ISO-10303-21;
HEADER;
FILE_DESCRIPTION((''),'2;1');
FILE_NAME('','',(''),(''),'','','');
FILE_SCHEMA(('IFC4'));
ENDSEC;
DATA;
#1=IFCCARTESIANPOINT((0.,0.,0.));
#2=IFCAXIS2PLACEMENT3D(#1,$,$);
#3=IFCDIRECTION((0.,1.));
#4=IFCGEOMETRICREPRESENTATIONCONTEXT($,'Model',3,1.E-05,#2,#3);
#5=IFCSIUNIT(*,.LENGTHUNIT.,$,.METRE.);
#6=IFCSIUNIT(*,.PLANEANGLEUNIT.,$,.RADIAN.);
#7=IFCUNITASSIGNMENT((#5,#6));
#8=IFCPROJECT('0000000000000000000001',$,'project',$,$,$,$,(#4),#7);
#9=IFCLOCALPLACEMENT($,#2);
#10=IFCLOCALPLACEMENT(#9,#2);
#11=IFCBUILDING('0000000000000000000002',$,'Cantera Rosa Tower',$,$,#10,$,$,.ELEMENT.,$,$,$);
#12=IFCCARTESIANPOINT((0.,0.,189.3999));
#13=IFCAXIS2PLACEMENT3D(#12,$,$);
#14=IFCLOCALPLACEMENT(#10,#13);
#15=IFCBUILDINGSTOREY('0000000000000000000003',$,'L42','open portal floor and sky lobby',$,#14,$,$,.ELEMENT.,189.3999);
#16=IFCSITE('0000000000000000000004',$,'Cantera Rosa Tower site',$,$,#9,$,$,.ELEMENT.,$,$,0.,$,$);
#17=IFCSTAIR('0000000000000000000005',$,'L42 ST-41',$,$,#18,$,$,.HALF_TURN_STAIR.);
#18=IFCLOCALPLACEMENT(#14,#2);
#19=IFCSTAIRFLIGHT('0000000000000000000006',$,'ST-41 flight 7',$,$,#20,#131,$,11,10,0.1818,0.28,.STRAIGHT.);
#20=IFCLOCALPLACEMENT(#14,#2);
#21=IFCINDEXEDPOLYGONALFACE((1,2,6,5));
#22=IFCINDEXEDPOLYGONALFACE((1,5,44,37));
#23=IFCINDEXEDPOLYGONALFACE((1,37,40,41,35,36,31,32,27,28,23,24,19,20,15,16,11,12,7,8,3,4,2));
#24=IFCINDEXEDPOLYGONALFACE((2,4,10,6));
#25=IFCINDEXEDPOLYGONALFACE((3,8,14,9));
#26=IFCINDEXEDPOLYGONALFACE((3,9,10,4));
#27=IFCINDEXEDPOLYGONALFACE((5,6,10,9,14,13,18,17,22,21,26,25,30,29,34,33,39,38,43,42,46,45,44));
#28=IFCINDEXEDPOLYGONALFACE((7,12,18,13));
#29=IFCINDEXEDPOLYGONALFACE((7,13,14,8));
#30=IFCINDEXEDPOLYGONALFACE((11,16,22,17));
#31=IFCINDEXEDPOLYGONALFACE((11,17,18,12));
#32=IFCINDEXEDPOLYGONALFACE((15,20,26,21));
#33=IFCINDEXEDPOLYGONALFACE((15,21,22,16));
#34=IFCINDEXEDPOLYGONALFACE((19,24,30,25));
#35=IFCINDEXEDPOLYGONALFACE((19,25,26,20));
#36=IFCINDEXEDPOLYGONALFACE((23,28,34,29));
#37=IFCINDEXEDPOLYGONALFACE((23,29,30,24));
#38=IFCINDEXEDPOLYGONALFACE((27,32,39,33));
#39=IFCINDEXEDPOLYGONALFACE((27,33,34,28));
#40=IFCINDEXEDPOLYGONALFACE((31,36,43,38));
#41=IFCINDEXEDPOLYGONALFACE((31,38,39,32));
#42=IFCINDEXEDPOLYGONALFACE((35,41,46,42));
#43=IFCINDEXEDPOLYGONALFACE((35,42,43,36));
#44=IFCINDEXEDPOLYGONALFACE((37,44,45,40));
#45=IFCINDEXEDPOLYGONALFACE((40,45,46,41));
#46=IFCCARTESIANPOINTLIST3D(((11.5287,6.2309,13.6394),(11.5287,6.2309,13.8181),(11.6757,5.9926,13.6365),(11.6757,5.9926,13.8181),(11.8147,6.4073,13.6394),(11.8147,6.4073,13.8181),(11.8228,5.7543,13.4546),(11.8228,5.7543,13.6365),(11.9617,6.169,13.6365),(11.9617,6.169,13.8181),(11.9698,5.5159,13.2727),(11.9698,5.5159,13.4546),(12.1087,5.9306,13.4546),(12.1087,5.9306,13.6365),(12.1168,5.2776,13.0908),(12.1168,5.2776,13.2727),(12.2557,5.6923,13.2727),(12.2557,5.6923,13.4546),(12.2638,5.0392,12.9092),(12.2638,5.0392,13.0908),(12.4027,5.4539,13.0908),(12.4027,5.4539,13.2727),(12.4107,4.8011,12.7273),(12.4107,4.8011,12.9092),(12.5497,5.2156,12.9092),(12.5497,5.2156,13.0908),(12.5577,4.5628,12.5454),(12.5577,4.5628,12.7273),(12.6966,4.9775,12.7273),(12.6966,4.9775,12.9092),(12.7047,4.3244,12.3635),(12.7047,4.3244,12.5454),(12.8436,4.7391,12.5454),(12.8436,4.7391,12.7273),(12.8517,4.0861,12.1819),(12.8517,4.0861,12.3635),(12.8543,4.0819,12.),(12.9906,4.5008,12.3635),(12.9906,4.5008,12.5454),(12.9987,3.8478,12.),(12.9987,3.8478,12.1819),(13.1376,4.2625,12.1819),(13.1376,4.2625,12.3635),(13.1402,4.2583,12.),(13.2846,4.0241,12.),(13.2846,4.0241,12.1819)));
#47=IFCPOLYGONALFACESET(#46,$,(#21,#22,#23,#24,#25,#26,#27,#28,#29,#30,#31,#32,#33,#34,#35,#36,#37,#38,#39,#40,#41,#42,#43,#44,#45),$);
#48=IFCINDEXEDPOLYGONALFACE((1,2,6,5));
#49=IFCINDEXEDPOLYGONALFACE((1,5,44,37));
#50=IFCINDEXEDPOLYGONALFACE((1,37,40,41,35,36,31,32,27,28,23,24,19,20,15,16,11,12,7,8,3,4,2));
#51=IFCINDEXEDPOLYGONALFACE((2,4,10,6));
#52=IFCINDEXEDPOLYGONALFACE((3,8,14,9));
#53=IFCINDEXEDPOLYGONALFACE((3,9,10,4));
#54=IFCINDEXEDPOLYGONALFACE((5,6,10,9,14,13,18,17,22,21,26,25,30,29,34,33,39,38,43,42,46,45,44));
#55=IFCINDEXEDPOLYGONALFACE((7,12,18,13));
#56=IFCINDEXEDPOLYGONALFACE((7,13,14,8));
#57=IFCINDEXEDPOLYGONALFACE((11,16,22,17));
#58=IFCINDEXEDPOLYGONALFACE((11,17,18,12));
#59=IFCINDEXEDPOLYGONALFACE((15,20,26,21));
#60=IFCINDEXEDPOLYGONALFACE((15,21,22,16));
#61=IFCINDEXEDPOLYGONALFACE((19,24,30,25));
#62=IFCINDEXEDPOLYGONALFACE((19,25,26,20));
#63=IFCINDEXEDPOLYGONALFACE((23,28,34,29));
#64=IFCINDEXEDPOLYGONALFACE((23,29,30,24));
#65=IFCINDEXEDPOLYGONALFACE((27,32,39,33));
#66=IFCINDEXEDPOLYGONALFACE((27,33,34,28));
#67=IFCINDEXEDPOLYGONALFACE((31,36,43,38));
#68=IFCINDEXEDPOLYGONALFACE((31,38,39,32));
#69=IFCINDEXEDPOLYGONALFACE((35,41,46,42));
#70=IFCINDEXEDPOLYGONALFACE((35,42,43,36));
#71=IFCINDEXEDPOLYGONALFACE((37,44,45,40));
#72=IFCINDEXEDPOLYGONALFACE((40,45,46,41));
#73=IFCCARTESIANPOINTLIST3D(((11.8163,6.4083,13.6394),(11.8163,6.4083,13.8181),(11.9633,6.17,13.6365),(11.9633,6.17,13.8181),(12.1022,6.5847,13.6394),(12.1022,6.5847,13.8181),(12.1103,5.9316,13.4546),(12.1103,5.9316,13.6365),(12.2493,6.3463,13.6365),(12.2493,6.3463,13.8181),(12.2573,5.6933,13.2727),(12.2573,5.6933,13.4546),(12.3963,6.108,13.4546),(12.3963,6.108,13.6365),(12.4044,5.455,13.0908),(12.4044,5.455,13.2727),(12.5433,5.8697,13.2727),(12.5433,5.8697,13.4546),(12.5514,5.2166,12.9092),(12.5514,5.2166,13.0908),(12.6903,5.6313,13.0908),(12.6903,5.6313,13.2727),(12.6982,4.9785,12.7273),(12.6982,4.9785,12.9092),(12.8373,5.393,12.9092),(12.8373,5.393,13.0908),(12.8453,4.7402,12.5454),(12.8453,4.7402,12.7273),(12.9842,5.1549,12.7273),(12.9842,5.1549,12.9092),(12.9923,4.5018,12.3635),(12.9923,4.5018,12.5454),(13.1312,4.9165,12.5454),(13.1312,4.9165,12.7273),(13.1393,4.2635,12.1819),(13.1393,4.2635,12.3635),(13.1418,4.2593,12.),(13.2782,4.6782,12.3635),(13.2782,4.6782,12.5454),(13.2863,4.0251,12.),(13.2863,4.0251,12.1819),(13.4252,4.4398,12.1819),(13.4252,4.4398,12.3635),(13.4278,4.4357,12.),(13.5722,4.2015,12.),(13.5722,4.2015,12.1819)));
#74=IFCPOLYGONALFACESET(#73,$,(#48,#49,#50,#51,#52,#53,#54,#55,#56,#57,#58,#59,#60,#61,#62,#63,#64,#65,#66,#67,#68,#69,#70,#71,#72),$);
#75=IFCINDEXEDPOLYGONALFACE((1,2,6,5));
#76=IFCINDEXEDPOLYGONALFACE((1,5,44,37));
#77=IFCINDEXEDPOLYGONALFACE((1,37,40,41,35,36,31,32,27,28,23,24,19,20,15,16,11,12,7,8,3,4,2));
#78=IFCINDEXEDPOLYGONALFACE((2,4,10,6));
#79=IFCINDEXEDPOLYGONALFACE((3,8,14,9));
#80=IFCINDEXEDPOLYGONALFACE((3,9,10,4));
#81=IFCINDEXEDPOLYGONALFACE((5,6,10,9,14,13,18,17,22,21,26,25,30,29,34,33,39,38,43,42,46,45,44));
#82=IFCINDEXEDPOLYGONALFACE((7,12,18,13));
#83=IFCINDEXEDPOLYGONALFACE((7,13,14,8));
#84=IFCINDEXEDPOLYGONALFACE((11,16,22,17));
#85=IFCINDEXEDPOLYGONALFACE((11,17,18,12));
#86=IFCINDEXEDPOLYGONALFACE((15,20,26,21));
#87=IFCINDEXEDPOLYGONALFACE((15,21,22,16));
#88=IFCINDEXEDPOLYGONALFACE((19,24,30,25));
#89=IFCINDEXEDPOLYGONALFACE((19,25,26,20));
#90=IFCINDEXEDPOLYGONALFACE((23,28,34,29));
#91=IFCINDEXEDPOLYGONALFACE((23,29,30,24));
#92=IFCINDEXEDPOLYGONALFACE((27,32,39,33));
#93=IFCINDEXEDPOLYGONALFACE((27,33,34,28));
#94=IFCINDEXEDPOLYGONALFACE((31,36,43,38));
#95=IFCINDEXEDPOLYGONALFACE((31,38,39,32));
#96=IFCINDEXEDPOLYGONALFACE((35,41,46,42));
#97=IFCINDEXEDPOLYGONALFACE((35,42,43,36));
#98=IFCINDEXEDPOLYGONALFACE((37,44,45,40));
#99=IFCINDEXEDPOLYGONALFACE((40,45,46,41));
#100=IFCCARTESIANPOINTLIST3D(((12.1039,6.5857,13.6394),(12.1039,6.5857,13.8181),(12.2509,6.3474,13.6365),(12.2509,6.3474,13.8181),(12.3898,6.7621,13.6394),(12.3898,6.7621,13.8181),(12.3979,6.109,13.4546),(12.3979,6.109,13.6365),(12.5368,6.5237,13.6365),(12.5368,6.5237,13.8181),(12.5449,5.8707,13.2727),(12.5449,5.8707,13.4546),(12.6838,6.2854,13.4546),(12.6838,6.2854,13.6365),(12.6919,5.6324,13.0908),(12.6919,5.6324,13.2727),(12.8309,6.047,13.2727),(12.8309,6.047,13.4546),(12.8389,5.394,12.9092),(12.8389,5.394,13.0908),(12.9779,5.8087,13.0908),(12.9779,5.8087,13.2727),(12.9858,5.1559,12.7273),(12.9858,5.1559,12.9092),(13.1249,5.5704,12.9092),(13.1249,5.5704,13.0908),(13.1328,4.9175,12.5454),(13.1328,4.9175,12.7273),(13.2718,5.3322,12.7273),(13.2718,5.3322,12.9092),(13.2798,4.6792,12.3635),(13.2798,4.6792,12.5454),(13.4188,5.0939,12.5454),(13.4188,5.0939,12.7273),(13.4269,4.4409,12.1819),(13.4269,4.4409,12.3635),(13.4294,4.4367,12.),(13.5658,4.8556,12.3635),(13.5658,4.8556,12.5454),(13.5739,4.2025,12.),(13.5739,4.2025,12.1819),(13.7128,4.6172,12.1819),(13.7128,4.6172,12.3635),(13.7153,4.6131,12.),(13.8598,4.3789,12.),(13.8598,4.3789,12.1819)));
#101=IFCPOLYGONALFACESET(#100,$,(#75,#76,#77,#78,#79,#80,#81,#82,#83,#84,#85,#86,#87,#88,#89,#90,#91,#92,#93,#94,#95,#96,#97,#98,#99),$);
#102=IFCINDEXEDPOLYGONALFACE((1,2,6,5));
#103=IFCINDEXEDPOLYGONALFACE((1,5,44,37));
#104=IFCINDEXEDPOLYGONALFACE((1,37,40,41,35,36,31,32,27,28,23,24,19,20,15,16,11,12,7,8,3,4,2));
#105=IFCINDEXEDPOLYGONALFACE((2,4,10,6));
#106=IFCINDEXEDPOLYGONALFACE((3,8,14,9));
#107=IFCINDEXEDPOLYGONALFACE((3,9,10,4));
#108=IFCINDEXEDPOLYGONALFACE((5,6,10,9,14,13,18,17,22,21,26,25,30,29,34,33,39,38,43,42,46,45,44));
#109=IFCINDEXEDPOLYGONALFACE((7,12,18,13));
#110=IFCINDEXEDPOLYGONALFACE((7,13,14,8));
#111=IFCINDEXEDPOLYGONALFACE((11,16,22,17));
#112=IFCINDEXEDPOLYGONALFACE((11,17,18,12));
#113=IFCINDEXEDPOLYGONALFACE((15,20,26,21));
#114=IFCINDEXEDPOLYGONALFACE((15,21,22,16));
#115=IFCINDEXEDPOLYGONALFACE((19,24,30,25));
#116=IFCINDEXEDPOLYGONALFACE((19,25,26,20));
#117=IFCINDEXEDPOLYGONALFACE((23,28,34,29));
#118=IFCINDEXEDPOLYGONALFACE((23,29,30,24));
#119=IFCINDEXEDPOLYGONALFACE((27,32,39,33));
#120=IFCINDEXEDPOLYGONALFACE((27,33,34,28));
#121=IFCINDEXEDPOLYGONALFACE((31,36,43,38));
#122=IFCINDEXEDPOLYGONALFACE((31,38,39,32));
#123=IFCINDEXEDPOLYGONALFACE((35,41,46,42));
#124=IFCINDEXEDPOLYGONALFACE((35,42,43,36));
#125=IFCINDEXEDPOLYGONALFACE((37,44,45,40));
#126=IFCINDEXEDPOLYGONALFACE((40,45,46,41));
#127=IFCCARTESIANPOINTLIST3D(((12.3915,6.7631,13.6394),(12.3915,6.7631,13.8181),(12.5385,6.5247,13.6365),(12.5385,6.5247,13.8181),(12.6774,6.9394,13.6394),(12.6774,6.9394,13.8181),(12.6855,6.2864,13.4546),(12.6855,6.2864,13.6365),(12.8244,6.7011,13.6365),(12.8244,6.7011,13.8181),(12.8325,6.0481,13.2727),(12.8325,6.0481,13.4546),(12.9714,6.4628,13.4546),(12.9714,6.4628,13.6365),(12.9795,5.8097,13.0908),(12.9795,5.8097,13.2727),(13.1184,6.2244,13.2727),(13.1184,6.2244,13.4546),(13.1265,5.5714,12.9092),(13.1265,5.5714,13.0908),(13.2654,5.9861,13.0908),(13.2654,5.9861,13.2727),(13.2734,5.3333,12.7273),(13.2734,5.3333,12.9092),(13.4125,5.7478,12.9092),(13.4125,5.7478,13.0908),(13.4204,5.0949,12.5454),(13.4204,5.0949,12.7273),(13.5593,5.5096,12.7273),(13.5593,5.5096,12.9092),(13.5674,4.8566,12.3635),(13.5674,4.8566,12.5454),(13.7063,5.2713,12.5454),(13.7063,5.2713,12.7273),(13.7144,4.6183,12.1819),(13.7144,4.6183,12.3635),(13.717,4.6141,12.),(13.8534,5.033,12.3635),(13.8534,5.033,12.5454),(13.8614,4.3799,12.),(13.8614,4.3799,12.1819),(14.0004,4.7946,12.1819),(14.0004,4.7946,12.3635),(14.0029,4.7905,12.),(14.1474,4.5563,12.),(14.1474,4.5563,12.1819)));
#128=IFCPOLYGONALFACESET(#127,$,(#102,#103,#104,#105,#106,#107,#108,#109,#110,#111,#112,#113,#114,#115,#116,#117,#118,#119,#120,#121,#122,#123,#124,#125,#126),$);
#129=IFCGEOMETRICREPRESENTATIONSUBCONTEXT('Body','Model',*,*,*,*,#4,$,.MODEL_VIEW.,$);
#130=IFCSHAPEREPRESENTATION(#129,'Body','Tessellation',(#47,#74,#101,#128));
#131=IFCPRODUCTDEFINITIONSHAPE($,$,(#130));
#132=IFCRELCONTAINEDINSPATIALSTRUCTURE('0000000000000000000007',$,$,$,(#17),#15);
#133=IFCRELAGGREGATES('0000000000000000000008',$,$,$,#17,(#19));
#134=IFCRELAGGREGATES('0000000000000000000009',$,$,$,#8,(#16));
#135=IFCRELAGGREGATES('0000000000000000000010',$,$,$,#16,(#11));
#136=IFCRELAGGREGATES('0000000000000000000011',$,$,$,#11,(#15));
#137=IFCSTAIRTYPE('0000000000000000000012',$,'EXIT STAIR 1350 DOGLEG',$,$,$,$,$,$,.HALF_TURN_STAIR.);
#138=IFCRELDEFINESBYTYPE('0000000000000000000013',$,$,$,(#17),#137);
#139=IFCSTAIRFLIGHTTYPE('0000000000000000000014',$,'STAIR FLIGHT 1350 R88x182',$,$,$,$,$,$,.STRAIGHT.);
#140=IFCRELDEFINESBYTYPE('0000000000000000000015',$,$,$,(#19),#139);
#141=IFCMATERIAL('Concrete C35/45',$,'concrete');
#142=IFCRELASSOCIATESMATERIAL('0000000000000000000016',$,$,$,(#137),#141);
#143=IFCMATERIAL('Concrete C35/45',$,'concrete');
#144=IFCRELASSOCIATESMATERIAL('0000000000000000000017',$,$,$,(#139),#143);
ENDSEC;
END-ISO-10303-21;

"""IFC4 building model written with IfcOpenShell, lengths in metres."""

from ifc_helpers import new_model, si_unit, direction, frame, origin, place, context, subcontext, project, spatial, polyline, outline, extrude, material, type_object, element, aggregate, save


model = new_model("IFC4")

# Units and contexts
model_context = context("Model", 3, precision=1e-05, world=origin(), true_north=direction((0.0, 1.0)))
body_context = subcontext(model_context, "Body", "Model", "MODEL_VIEW")
ifc_project = project(units=[si_unit("LENGTHUNIT", "METRE"), si_unit("PLANEANGLEUNIT", "RADIAN")], contexts=[model_context])

# Site, building, storey
site_placement = place(None, origin())
site = spatial("IfcSite", under=ifc_project, at=site_placement, Name="Cantera Rosa Tower site", CompositionType="ELEMENT", RefElevation=0.0)
building_placement = place(site_placement, origin())
building = spatial("IfcBuilding", under=site, at=building_placement, Name="Cantera Rosa Tower", CompositionType="ELEMENT")
storey_placement = place(building_placement, frame((0.0, 0.0, 189.3999)))
storey = spatial("IfcBuildingStorey", under=building, at=storey_placement, Name="L42", Description="open portal floor and sky lobby", CompositionType="ELEMENT", Elevation=189.3999)

# Stair, stair flight
ifc_material_1 = material(Name="Concrete C35/45", Category="concrete")
stair_type = type_object("IfcStairType", Name="EXIT STAIR 1350 DOGLEG", PredefinedType="HALF_TURN_STAIR", material=ifc_material_1)
stair_placement = place(storey_placement, origin())
stair = element("IfcStair", 1, at=stair_placement, inside=storey, type_object=stair_type, Name="L42 ST-41", PredefinedType="HALF_TURN_STAIR")
ifc_material_2 = material(Name="Concrete C35/45", Category="concrete")
stair_flight_type = type_object("IfcStairFlightType", Name="STAIR FLIGHT 1350 R88x182", PredefinedType="STRAIGHT", material=ifc_material_2)
stair_flight_1_placement = place(storey_placement, frame((13.5732, 4.2021, 12.0), z_axis=(0.0, 0.0, 1.0), x_axis=(-0.524977, 0.851117, 0.0)))
stair_flight_1 = element("IfcStairFlight", 2, at=stair_flight_1_placement, type_object=stair_flight_type, Name="ST-41 flight 7", NumberOfRisers=11, NumberOfTreads=10, PredefinedType="STRAIGHT", RiserHeight=0.1818, TreadLength=0.28, context=body_context, shape_type="SweptSolid", body=[
    extrude(outline(polyline([(0.0, 0.0), (0.0, 0.1819), (0.28, 0.1819), (0.28, 0.3635), (0.5601, 0.3635), (0.5601, 0.5454), (0.8401, 0.5454), (0.8401, 0.7273), (1.1201, 0.7273), (1.1201, 0.9092), (1.3999, 0.9092), (1.3999, 1.0908), (1.6799, 1.0908), (1.6799, 1.2727), (1.96, 1.2727), (1.96, 1.4546), (2.24, 1.4546), (2.24, 1.6365), (2.52, 1.6365), (2.52, 1.8181), (2.8, 1.8181), (2.8, 2.0), (2.8, 1.6394), (0.2751, 0.0), (0.0, 0.0)])), frame((0.0, 0.675, 0.0), z_axis=(0.0, -1.0, 0.0), x_axis=(1.0, 0.0, 0.0)), (0.0, 0.0, 1.0), 0.3359),
    extrude(outline(polyline([(0.0, 0.0), (0.0, 0.1819), (0.28, 0.1819), (0.28, 0.3635), (0.5601, 0.3635), (0.5601, 0.5454), (0.8401, 0.5454), (0.8401, 0.7273), (1.1201, 0.7273), (1.1201, 0.9092), (1.3999, 0.9092), (1.3999, 1.0908), (1.6799, 1.0908), (1.6799, 1.2727), (1.96, 1.2727), (1.96, 1.4546), (2.24, 1.4546), (2.24, 1.6365), (2.52, 1.6365), (2.52, 1.8181), (2.8, 1.8181), (2.8, 2.0), (2.8, 1.6394), (0.2751, 0.0), (0.0, 0.0)])), frame((0.0, 0.3372, 0.0), z_axis=(0.0, -1.0, 0.0), x_axis=(1.0, 0.0, 0.0)), (0.0, 0.0, 1.0), 0.3359),
    extrude(outline(polyline([(0.0, 0.0), (0.0, 0.1819), (0.28, 0.1819), (0.28, 0.3635), (0.5601, 0.3635), (0.5601, 0.5454), (0.8401, 0.5454), (0.8401, 0.7273), (1.1201, 0.7273), (1.1201, 0.9092), (1.3999, 0.9092), (1.3999, 1.0908), (1.6799, 1.0908), (1.6799, 1.2727), (1.96, 1.2727), (1.96, 1.4546), (2.24, 1.4546), (2.24, 1.6365), (2.52, 1.6365), (2.52, 1.8181), (2.8, 1.8181), (2.8, 2.0), (2.8, 1.6394), (0.2751, 0.0), (0.0, 0.0)])), frame((0.0, -0.0007, 0.0), z_axis=(0.0, -1.0, 0.0), x_axis=(1.0, 0.0, 0.0)), (0.0, 0.0, 1.0), 0.3359),
    extrude(outline(polyline([(0.0, 0.0), (0.0, 0.1819), (0.28, 0.1819), (0.28, 0.3635), (0.5601, 0.3635), (0.5601, 0.5454), (0.8401, 0.5454), (0.8401, 0.7273), (1.1201, 0.7273), (1.1201, 0.9092), (1.3999, 0.9092), (1.3999, 1.0908), (1.6799, 1.0908), (1.6799, 1.2727), (1.96, 1.2727), (1.96, 1.4546), (2.24, 1.4546), (2.24, 1.6365), (2.52, 1.6365), (2.52, 1.8181), (2.8, 1.8181), (2.8, 2.0), (2.8, 1.6394), (0.2751, 0.0), (0.0, 0.0)])), frame((0.0, -0.3386, 0.0), z_axis=(0.0, -1.0, 0.0), x_axis=(1.0, 0.0, 0.0)), (0.0, 0.0, 1.0), 0.3359),
])
aggregate(stair, [stair_flight_1])

save(model, "model.ifc")
